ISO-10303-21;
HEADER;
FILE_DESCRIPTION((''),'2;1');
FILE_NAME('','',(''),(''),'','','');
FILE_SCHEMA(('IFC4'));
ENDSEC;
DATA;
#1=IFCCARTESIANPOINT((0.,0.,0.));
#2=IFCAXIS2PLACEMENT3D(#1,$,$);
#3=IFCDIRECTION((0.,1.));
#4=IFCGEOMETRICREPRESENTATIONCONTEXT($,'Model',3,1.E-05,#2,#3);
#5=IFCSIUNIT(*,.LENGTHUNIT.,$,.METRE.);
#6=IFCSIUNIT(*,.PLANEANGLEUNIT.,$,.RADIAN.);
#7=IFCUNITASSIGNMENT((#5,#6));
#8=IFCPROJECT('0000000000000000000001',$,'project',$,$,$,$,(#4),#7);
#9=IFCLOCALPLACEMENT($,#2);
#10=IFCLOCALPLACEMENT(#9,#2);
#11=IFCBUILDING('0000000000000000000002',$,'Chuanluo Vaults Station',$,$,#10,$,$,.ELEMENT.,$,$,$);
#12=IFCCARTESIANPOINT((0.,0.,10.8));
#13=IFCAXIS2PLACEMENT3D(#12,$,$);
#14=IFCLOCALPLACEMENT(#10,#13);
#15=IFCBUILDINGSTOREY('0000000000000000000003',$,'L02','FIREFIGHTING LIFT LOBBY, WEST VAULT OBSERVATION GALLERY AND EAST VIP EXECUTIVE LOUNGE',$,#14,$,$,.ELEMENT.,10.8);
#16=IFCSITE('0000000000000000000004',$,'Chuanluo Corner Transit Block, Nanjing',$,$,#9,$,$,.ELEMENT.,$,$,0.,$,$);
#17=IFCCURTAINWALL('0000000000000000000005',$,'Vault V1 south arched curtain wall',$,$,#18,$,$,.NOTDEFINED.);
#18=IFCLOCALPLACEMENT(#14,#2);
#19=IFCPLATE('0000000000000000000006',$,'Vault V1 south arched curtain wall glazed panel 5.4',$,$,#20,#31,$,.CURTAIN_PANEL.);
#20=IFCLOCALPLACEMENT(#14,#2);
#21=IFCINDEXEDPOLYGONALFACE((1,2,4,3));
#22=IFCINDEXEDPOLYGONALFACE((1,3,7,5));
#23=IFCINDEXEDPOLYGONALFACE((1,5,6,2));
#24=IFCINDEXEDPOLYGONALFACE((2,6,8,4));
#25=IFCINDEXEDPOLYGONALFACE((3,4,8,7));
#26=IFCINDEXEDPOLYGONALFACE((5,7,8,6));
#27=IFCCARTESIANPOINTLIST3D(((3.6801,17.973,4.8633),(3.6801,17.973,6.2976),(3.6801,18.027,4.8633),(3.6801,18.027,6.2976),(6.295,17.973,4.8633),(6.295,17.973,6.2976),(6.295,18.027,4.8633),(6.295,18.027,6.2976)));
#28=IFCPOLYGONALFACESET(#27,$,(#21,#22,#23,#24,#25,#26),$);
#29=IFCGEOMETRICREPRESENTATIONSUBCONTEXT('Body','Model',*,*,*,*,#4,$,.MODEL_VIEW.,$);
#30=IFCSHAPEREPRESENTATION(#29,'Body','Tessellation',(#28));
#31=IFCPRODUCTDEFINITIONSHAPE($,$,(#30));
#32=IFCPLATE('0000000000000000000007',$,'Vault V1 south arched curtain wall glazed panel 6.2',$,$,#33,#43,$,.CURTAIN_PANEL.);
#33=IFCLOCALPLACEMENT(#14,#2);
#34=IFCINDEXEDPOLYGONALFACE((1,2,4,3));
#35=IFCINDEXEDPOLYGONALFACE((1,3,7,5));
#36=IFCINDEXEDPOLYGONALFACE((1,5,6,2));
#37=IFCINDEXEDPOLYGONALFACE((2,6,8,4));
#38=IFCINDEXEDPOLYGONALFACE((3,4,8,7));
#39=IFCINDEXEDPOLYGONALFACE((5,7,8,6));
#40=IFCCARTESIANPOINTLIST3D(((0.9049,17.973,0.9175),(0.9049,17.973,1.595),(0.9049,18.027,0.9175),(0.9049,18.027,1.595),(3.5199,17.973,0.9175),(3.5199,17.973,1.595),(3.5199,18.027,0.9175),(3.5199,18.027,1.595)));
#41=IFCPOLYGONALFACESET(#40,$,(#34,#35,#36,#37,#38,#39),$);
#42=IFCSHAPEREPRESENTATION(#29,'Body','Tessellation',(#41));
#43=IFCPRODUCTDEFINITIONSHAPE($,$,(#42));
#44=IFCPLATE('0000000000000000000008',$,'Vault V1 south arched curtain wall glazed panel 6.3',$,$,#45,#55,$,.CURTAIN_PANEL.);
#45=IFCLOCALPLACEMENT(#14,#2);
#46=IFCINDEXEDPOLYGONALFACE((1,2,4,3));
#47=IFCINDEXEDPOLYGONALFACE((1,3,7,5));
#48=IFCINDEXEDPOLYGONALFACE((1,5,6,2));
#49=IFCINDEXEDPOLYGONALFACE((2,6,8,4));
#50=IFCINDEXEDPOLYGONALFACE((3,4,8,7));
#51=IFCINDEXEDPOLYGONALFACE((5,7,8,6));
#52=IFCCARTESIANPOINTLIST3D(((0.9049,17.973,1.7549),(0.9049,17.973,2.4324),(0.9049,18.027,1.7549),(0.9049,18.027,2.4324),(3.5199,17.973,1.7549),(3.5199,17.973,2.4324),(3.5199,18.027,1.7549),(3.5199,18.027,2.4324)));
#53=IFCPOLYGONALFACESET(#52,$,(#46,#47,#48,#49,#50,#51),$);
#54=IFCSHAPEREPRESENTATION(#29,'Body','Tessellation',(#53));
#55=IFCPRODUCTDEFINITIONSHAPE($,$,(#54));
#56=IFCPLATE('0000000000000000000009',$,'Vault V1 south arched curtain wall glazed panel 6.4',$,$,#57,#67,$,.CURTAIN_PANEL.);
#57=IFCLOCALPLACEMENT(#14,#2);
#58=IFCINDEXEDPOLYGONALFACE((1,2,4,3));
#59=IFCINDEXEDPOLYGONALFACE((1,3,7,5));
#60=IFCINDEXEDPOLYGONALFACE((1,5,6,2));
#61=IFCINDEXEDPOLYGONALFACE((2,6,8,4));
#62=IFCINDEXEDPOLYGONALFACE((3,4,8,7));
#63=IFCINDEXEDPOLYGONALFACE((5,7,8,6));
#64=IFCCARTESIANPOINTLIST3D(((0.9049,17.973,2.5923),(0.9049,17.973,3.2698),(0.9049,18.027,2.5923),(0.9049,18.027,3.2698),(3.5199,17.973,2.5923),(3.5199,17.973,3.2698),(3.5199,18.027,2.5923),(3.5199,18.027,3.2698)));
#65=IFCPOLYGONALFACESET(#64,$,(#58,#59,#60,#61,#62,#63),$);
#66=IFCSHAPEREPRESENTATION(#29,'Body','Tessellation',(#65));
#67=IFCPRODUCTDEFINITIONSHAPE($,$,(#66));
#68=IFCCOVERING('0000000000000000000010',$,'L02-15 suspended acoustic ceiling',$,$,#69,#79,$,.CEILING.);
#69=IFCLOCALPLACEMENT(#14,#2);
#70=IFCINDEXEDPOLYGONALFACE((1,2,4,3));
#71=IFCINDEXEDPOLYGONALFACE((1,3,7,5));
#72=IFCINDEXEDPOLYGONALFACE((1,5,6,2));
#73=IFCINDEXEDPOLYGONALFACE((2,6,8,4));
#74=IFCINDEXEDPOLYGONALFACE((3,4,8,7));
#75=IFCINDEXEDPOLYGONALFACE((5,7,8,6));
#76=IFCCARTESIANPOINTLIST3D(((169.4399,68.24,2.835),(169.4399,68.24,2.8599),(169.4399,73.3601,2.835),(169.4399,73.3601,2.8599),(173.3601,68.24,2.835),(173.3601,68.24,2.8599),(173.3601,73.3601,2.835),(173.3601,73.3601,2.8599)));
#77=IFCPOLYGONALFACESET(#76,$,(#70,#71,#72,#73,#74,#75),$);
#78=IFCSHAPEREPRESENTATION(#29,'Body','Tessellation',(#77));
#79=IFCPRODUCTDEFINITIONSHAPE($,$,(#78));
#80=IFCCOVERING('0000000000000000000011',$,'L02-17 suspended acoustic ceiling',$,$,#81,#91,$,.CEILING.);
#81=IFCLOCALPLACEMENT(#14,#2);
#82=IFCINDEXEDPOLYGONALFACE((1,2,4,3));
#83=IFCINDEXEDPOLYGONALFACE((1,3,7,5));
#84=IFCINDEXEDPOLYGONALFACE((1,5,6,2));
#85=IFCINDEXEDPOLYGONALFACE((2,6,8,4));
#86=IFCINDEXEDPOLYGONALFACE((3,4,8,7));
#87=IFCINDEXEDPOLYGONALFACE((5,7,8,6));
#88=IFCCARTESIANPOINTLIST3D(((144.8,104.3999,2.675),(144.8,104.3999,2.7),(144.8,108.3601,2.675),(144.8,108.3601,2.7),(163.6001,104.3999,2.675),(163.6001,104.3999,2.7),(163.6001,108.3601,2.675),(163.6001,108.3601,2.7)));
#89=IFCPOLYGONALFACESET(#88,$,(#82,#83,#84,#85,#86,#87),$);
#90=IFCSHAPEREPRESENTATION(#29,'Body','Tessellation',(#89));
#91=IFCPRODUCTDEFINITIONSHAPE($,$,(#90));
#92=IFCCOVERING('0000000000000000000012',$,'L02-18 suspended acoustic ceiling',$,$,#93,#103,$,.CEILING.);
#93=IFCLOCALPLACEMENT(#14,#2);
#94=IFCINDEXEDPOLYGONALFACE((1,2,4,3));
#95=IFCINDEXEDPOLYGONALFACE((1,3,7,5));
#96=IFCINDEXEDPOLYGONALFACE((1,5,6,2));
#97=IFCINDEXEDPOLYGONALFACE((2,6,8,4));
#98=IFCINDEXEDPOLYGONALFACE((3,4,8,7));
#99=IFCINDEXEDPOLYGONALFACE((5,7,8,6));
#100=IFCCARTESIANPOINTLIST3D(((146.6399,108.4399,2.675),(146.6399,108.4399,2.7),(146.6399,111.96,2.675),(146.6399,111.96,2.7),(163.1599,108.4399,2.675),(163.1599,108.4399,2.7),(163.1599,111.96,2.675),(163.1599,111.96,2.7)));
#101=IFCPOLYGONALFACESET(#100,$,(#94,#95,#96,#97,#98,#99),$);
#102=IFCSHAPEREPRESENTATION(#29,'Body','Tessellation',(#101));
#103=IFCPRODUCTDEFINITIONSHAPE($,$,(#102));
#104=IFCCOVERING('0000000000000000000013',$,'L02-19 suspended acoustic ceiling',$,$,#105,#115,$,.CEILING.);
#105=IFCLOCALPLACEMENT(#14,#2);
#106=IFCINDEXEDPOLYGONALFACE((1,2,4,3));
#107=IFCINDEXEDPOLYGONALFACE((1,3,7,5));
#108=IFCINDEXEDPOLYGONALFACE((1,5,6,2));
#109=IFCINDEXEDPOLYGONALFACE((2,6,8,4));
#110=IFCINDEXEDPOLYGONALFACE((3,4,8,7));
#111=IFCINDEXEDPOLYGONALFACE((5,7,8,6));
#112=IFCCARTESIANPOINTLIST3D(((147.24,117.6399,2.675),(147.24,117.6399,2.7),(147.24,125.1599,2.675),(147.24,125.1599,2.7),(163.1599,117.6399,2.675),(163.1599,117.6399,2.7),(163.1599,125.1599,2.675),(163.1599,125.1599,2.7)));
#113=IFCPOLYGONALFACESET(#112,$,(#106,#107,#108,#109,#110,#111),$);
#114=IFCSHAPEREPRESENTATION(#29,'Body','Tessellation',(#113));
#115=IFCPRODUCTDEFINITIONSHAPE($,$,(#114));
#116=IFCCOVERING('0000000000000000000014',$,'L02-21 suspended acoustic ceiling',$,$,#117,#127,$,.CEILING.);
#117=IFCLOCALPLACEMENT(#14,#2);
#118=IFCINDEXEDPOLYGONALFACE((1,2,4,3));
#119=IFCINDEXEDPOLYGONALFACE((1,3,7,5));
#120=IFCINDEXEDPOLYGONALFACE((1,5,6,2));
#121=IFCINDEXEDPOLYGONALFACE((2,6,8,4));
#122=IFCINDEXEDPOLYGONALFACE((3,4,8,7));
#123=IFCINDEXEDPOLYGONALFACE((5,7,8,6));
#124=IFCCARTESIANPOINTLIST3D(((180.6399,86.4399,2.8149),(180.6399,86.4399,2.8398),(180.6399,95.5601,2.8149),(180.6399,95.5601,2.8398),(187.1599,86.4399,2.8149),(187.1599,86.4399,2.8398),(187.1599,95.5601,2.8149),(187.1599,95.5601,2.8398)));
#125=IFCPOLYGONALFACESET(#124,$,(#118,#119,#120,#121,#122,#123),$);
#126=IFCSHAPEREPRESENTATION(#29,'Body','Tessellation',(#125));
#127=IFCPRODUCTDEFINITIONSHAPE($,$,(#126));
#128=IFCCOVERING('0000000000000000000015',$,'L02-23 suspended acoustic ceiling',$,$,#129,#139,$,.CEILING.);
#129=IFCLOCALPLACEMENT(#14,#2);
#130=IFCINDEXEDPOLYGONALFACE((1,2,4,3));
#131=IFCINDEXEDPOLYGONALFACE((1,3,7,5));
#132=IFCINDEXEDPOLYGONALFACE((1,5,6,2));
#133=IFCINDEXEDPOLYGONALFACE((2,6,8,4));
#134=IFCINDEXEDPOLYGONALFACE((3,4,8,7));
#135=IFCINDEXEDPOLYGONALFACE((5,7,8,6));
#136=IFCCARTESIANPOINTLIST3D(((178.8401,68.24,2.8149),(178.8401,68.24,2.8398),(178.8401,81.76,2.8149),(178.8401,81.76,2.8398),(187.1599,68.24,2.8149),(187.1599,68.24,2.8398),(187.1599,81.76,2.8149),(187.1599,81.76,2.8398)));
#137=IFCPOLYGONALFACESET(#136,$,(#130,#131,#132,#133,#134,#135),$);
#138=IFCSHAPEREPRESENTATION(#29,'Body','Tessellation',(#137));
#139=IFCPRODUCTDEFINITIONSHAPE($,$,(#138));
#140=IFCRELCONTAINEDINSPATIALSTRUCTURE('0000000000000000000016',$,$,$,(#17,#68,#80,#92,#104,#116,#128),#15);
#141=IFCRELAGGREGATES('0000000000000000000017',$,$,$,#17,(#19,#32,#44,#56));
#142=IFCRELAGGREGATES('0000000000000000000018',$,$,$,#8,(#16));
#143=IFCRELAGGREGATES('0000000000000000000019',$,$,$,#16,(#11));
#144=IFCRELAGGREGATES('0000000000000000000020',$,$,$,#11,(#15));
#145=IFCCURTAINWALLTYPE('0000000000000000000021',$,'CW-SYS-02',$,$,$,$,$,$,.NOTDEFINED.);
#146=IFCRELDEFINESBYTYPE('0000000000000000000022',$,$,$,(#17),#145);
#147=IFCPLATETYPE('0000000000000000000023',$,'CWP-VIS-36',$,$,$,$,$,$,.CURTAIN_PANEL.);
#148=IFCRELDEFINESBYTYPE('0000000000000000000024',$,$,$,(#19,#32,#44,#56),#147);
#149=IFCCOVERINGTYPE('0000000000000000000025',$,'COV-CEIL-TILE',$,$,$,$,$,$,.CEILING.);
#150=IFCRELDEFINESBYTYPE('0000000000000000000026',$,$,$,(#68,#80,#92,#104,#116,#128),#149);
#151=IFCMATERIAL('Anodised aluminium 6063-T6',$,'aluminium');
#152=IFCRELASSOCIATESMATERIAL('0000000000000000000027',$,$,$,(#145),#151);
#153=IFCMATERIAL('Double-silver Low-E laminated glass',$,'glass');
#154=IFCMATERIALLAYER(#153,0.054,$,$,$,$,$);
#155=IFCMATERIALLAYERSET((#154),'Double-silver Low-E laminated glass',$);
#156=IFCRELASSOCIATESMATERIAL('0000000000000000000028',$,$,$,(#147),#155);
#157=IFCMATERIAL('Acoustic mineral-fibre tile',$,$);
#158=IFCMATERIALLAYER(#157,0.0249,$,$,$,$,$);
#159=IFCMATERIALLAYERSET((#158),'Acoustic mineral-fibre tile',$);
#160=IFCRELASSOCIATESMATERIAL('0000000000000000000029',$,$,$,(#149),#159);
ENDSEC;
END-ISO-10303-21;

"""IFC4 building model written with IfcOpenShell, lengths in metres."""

from ifc_helpers import new_model, si_unit, direction, frame, origin, origin_2d, place, context, subcontext, project, spatial, polyline, rectangle, outline, extrude, material, layer, layer_set, type_object, element, aggregate, save


model = new_model("IFC4")

# Units and contexts
model_context = context("Model", 3, precision=1e-05, world=origin(), true_north=direction((0.0, 1.0)))
body_context = subcontext(model_context, "Body", "Model", "MODEL_VIEW")
ifc_project = project(units=[si_unit("LENGTHUNIT", "METRE"), si_unit("PLANEANGLEUNIT", "RADIAN")], contexts=[model_context])

# Site, building, storey
site_placement = place(None, origin())
site = spatial("IfcSite", under=ifc_project, at=site_placement, Name="Chuanluo Corner Transit Block, Nanjing", CompositionType="ELEMENT", RefElevation=0.0)
building_placement = place(site_placement, origin())
building = spatial("IfcBuilding", under=site, at=building_placement, Name="Chuanluo Vaults Station", CompositionType="ELEMENT")
storey_placement = place(building_placement, frame((0.0, 0.0, 10.8)))
storey = spatial("IfcBuildingStorey", under=building, at=storey_placement, Name="L02", Description="FIREFIGHTING LIFT LOBBY, WEST VAULT OBSERVATION GALLERY AND EAST VIP EXECUTIVE LOUNGE", CompositionType="ELEMENT", Elevation=10.8)

# Curtain wall, plates
ifc_material_1 = material(Name="Anodised aluminium 6063-T6", Category="aluminium")
curtain_wall_type = type_object("IfcCurtainWallType", Name="CW-SYS-02", PredefinedType="NOTDEFINED", material=ifc_material_1)
curtain_wall_placement = place(storey_placement, origin())
curtain_wall = element("IfcCurtainWall", 1, at=curtain_wall_placement, inside=storey, type_object=curtain_wall_type, Name="Vault V1 south arched curtain wall", PredefinedType="NOTDEFINED")
ifc_material_2 = material(Name="Double-silver Low-E laminated glass", Category="glass")
ifc_layer_1 = layer(ifc_material_2, 0.054)
ifc_layer_set_1 = layer_set([ifc_layer_1], Name="Double-silver Low-E laminated glass")
plate_type_1 = type_object("IfcPlateType", Name="CWP-VIS-36", PredefinedType="CURTAIN_PANEL", material=ifc_layer_set_1)
plate_1_placement = place(storey_placement, frame((4.9875, 18.0, 4.8633), z_axis=(0.0, 0.0, 1.0), x_axis=(-1.0, 0.0, 0.0)))
plate_1 = element("IfcPlate", 2, at=plate_1_placement, type_object=plate_type_1, Name="Vault V1 south arched curtain wall glazed panel 5.4", PredefinedType="CURTAIN_PANEL", context=body_context, shape_type="SweptSolid", body=[
    extrude(rectangle(XDim=2.615, YDim=0.054, at=origin_2d()), origin(), (0.0, 0.0, 1.0), 1.4343),
])
plate_2_placement = place(storey_placement, frame((2.2124, 18.0, 0.9175), z_axis=(0.0, 0.0, 1.0), x_axis=(-1.0, 0.0, 0.0)))
plate_2 = element("IfcPlate", 3, at=plate_2_placement, type_object=plate_type_1, Name="Vault V1 south arched curtain wall glazed panel 6.2", PredefinedType="CURTAIN_PANEL", context=body_context, shape_type="SweptSolid", body=[
    extrude(rectangle(XDim=2.615, YDim=0.054, at=origin_2d()), origin(), (0.0, 0.0, 1.0), 0.6775),
])
plate_3_placement = place(storey_placement, frame((2.2124, 18.0, 1.7549), z_axis=(0.0, 0.0, 1.0), x_axis=(-1.0, 0.0, 0.0)))
plate_3 = element("IfcPlate", 4, at=plate_3_placement, type_object=plate_type_1, Name="Vault V1 south arched curtain wall glazed panel 6.3", PredefinedType="CURTAIN_PANEL", context=body_context, shape_type="SweptSolid", body=[
    extrude(rectangle(XDim=2.615, YDim=0.054, at=origin_2d()), origin(), (0.0, 0.0, 1.0), 0.6775),
])
plate_4_placement = place(storey_placement, frame((2.2124, 18.0, 2.5923), z_axis=(0.0, 0.0, 1.0), x_axis=(-1.0, 0.0, 0.0)))
plate_4 = element("IfcPlate", 5, at=plate_4_placement, type_object=plate_type_1, Name="Vault V1 south arched curtain wall glazed panel 6.4", PredefinedType="CURTAIN_PANEL", context=body_context, shape_type="SweptSolid", body=[
    extrude(rectangle(XDim=2.615, YDim=0.054, at=origin_2d()), origin(), (0.0, 0.0, 1.0), 0.6775),
])
aggregate(curtain_wall, [plate_1, plate_2, plate_3, plate_4])

# Coverings
ifc_material_3 = material(Name="Acoustic mineral-fibre tile")
ifc_layer_2 = layer(ifc_material_3, 0.0249)
ifc_layer_set_2 = layer_set([ifc_layer_2], Name="Acoustic mineral-fibre tile")
covering_type = type_object("IfcCoveringType", Name="COV-CEIL-TILE", PredefinedType="CEILING", material=ifc_layer_set_2)
covering_1_placement = place(storey_placement, frame((0.0, 0.0, 2.835)))
element("IfcCovering", 6, at=covering_1_placement, inside=storey, type_object=covering_type, Name="L02-15 suspended acoustic ceiling", PredefinedType="CEILING", context=body_context, shape_type="SweptSolid", body=[
    extrude(outline(polyline([(169.4399, 68.24), (173.3601, 68.24), (173.3601, 73.3601), (169.4399, 73.3601), (169.4399, 68.24)])), origin(), (0.0, 0.0, 1.0), 0.0249),
])
covering_2_placement = place(storey_placement, frame((0.0, 0.0, 2.675)))
element("IfcCovering", 7, at=covering_2_placement, inside=storey, type_object=covering_type, Name="L02-17 suspended acoustic ceiling", PredefinedType="CEILING", context=body_context, shape_type="SweptSolid", body=[
    extrude(outline(polyline([(144.8, 104.3999), (163.6001, 104.3999), (163.6001, 108.3601), (144.8, 108.3601), (144.8, 104.3999)])), origin(), (0.0, 0.0, 1.0), 0.0249),
])
covering_3_placement = place(storey_placement, frame((0.0, 0.0, 2.675)))
element("IfcCovering", 8, at=covering_3_placement, inside=storey, type_object=covering_type, Name="L02-18 suspended acoustic ceiling", PredefinedType="CEILING", context=body_context, shape_type="SweptSolid", body=[
    extrude(outline(polyline([(146.6399, 108.4399), (163.1599, 108.4399), (163.1599, 111.96), (146.6399, 111.96), (146.6399, 108.4399)])), origin(), (0.0, 0.0, 1.0), 0.0249),
])
covering_4_placement = place(storey_placement, frame((0.0, 0.0, 2.675)))
element("IfcCovering", 9, at=covering_4_placement, inside=storey, type_object=covering_type, Name="L02-19 suspended acoustic ceiling", PredefinedType="CEILING", context=body_context, shape_type="SweptSolid", body=[
    extrude(outline(polyline([(147.24, 117.6399), (163.1599, 117.6399), (163.1599, 125.1599), (147.24, 125.1599), (147.24, 117.6399)])), origin(), (0.0, 0.0, 1.0), 0.0249),
])
covering_5_placement = place(storey_placement, frame((0.0, 0.0, 2.8149)))
element("IfcCovering", 10, at=covering_5_placement, inside=storey, type_object=covering_type, Name="L02-21 suspended acoustic ceiling", PredefinedType="CEILING", context=body_context, shape_type="SweptSolid", body=[
    extrude(outline(polyline([(180.6399, 86.4399), (187.1599, 86.4399), (187.1599, 95.5601), (180.6399, 95.5601), (180.6399, 86.4399)])), origin(), (0.0, 0.0, 1.0), 0.0249),
])
covering_6_placement = place(storey_placement, frame((0.0, 0.0, 2.8149)))
element("IfcCovering", 11, at=covering_6_placement, inside=storey, type_object=covering_type, Name="L02-23 suspended acoustic ceiling", PredefinedType="CEILING", context=body_context, shape_type="SweptSolid", body=[
    extrude(outline(polyline([(178.8401, 68.24), (187.1599, 68.24), (187.1599, 81.76), (178.8401, 81.76), (178.8401, 68.24)])), origin(), (0.0, 0.0, 1.0), 0.0249),
])

save(model, "model.ifc")
